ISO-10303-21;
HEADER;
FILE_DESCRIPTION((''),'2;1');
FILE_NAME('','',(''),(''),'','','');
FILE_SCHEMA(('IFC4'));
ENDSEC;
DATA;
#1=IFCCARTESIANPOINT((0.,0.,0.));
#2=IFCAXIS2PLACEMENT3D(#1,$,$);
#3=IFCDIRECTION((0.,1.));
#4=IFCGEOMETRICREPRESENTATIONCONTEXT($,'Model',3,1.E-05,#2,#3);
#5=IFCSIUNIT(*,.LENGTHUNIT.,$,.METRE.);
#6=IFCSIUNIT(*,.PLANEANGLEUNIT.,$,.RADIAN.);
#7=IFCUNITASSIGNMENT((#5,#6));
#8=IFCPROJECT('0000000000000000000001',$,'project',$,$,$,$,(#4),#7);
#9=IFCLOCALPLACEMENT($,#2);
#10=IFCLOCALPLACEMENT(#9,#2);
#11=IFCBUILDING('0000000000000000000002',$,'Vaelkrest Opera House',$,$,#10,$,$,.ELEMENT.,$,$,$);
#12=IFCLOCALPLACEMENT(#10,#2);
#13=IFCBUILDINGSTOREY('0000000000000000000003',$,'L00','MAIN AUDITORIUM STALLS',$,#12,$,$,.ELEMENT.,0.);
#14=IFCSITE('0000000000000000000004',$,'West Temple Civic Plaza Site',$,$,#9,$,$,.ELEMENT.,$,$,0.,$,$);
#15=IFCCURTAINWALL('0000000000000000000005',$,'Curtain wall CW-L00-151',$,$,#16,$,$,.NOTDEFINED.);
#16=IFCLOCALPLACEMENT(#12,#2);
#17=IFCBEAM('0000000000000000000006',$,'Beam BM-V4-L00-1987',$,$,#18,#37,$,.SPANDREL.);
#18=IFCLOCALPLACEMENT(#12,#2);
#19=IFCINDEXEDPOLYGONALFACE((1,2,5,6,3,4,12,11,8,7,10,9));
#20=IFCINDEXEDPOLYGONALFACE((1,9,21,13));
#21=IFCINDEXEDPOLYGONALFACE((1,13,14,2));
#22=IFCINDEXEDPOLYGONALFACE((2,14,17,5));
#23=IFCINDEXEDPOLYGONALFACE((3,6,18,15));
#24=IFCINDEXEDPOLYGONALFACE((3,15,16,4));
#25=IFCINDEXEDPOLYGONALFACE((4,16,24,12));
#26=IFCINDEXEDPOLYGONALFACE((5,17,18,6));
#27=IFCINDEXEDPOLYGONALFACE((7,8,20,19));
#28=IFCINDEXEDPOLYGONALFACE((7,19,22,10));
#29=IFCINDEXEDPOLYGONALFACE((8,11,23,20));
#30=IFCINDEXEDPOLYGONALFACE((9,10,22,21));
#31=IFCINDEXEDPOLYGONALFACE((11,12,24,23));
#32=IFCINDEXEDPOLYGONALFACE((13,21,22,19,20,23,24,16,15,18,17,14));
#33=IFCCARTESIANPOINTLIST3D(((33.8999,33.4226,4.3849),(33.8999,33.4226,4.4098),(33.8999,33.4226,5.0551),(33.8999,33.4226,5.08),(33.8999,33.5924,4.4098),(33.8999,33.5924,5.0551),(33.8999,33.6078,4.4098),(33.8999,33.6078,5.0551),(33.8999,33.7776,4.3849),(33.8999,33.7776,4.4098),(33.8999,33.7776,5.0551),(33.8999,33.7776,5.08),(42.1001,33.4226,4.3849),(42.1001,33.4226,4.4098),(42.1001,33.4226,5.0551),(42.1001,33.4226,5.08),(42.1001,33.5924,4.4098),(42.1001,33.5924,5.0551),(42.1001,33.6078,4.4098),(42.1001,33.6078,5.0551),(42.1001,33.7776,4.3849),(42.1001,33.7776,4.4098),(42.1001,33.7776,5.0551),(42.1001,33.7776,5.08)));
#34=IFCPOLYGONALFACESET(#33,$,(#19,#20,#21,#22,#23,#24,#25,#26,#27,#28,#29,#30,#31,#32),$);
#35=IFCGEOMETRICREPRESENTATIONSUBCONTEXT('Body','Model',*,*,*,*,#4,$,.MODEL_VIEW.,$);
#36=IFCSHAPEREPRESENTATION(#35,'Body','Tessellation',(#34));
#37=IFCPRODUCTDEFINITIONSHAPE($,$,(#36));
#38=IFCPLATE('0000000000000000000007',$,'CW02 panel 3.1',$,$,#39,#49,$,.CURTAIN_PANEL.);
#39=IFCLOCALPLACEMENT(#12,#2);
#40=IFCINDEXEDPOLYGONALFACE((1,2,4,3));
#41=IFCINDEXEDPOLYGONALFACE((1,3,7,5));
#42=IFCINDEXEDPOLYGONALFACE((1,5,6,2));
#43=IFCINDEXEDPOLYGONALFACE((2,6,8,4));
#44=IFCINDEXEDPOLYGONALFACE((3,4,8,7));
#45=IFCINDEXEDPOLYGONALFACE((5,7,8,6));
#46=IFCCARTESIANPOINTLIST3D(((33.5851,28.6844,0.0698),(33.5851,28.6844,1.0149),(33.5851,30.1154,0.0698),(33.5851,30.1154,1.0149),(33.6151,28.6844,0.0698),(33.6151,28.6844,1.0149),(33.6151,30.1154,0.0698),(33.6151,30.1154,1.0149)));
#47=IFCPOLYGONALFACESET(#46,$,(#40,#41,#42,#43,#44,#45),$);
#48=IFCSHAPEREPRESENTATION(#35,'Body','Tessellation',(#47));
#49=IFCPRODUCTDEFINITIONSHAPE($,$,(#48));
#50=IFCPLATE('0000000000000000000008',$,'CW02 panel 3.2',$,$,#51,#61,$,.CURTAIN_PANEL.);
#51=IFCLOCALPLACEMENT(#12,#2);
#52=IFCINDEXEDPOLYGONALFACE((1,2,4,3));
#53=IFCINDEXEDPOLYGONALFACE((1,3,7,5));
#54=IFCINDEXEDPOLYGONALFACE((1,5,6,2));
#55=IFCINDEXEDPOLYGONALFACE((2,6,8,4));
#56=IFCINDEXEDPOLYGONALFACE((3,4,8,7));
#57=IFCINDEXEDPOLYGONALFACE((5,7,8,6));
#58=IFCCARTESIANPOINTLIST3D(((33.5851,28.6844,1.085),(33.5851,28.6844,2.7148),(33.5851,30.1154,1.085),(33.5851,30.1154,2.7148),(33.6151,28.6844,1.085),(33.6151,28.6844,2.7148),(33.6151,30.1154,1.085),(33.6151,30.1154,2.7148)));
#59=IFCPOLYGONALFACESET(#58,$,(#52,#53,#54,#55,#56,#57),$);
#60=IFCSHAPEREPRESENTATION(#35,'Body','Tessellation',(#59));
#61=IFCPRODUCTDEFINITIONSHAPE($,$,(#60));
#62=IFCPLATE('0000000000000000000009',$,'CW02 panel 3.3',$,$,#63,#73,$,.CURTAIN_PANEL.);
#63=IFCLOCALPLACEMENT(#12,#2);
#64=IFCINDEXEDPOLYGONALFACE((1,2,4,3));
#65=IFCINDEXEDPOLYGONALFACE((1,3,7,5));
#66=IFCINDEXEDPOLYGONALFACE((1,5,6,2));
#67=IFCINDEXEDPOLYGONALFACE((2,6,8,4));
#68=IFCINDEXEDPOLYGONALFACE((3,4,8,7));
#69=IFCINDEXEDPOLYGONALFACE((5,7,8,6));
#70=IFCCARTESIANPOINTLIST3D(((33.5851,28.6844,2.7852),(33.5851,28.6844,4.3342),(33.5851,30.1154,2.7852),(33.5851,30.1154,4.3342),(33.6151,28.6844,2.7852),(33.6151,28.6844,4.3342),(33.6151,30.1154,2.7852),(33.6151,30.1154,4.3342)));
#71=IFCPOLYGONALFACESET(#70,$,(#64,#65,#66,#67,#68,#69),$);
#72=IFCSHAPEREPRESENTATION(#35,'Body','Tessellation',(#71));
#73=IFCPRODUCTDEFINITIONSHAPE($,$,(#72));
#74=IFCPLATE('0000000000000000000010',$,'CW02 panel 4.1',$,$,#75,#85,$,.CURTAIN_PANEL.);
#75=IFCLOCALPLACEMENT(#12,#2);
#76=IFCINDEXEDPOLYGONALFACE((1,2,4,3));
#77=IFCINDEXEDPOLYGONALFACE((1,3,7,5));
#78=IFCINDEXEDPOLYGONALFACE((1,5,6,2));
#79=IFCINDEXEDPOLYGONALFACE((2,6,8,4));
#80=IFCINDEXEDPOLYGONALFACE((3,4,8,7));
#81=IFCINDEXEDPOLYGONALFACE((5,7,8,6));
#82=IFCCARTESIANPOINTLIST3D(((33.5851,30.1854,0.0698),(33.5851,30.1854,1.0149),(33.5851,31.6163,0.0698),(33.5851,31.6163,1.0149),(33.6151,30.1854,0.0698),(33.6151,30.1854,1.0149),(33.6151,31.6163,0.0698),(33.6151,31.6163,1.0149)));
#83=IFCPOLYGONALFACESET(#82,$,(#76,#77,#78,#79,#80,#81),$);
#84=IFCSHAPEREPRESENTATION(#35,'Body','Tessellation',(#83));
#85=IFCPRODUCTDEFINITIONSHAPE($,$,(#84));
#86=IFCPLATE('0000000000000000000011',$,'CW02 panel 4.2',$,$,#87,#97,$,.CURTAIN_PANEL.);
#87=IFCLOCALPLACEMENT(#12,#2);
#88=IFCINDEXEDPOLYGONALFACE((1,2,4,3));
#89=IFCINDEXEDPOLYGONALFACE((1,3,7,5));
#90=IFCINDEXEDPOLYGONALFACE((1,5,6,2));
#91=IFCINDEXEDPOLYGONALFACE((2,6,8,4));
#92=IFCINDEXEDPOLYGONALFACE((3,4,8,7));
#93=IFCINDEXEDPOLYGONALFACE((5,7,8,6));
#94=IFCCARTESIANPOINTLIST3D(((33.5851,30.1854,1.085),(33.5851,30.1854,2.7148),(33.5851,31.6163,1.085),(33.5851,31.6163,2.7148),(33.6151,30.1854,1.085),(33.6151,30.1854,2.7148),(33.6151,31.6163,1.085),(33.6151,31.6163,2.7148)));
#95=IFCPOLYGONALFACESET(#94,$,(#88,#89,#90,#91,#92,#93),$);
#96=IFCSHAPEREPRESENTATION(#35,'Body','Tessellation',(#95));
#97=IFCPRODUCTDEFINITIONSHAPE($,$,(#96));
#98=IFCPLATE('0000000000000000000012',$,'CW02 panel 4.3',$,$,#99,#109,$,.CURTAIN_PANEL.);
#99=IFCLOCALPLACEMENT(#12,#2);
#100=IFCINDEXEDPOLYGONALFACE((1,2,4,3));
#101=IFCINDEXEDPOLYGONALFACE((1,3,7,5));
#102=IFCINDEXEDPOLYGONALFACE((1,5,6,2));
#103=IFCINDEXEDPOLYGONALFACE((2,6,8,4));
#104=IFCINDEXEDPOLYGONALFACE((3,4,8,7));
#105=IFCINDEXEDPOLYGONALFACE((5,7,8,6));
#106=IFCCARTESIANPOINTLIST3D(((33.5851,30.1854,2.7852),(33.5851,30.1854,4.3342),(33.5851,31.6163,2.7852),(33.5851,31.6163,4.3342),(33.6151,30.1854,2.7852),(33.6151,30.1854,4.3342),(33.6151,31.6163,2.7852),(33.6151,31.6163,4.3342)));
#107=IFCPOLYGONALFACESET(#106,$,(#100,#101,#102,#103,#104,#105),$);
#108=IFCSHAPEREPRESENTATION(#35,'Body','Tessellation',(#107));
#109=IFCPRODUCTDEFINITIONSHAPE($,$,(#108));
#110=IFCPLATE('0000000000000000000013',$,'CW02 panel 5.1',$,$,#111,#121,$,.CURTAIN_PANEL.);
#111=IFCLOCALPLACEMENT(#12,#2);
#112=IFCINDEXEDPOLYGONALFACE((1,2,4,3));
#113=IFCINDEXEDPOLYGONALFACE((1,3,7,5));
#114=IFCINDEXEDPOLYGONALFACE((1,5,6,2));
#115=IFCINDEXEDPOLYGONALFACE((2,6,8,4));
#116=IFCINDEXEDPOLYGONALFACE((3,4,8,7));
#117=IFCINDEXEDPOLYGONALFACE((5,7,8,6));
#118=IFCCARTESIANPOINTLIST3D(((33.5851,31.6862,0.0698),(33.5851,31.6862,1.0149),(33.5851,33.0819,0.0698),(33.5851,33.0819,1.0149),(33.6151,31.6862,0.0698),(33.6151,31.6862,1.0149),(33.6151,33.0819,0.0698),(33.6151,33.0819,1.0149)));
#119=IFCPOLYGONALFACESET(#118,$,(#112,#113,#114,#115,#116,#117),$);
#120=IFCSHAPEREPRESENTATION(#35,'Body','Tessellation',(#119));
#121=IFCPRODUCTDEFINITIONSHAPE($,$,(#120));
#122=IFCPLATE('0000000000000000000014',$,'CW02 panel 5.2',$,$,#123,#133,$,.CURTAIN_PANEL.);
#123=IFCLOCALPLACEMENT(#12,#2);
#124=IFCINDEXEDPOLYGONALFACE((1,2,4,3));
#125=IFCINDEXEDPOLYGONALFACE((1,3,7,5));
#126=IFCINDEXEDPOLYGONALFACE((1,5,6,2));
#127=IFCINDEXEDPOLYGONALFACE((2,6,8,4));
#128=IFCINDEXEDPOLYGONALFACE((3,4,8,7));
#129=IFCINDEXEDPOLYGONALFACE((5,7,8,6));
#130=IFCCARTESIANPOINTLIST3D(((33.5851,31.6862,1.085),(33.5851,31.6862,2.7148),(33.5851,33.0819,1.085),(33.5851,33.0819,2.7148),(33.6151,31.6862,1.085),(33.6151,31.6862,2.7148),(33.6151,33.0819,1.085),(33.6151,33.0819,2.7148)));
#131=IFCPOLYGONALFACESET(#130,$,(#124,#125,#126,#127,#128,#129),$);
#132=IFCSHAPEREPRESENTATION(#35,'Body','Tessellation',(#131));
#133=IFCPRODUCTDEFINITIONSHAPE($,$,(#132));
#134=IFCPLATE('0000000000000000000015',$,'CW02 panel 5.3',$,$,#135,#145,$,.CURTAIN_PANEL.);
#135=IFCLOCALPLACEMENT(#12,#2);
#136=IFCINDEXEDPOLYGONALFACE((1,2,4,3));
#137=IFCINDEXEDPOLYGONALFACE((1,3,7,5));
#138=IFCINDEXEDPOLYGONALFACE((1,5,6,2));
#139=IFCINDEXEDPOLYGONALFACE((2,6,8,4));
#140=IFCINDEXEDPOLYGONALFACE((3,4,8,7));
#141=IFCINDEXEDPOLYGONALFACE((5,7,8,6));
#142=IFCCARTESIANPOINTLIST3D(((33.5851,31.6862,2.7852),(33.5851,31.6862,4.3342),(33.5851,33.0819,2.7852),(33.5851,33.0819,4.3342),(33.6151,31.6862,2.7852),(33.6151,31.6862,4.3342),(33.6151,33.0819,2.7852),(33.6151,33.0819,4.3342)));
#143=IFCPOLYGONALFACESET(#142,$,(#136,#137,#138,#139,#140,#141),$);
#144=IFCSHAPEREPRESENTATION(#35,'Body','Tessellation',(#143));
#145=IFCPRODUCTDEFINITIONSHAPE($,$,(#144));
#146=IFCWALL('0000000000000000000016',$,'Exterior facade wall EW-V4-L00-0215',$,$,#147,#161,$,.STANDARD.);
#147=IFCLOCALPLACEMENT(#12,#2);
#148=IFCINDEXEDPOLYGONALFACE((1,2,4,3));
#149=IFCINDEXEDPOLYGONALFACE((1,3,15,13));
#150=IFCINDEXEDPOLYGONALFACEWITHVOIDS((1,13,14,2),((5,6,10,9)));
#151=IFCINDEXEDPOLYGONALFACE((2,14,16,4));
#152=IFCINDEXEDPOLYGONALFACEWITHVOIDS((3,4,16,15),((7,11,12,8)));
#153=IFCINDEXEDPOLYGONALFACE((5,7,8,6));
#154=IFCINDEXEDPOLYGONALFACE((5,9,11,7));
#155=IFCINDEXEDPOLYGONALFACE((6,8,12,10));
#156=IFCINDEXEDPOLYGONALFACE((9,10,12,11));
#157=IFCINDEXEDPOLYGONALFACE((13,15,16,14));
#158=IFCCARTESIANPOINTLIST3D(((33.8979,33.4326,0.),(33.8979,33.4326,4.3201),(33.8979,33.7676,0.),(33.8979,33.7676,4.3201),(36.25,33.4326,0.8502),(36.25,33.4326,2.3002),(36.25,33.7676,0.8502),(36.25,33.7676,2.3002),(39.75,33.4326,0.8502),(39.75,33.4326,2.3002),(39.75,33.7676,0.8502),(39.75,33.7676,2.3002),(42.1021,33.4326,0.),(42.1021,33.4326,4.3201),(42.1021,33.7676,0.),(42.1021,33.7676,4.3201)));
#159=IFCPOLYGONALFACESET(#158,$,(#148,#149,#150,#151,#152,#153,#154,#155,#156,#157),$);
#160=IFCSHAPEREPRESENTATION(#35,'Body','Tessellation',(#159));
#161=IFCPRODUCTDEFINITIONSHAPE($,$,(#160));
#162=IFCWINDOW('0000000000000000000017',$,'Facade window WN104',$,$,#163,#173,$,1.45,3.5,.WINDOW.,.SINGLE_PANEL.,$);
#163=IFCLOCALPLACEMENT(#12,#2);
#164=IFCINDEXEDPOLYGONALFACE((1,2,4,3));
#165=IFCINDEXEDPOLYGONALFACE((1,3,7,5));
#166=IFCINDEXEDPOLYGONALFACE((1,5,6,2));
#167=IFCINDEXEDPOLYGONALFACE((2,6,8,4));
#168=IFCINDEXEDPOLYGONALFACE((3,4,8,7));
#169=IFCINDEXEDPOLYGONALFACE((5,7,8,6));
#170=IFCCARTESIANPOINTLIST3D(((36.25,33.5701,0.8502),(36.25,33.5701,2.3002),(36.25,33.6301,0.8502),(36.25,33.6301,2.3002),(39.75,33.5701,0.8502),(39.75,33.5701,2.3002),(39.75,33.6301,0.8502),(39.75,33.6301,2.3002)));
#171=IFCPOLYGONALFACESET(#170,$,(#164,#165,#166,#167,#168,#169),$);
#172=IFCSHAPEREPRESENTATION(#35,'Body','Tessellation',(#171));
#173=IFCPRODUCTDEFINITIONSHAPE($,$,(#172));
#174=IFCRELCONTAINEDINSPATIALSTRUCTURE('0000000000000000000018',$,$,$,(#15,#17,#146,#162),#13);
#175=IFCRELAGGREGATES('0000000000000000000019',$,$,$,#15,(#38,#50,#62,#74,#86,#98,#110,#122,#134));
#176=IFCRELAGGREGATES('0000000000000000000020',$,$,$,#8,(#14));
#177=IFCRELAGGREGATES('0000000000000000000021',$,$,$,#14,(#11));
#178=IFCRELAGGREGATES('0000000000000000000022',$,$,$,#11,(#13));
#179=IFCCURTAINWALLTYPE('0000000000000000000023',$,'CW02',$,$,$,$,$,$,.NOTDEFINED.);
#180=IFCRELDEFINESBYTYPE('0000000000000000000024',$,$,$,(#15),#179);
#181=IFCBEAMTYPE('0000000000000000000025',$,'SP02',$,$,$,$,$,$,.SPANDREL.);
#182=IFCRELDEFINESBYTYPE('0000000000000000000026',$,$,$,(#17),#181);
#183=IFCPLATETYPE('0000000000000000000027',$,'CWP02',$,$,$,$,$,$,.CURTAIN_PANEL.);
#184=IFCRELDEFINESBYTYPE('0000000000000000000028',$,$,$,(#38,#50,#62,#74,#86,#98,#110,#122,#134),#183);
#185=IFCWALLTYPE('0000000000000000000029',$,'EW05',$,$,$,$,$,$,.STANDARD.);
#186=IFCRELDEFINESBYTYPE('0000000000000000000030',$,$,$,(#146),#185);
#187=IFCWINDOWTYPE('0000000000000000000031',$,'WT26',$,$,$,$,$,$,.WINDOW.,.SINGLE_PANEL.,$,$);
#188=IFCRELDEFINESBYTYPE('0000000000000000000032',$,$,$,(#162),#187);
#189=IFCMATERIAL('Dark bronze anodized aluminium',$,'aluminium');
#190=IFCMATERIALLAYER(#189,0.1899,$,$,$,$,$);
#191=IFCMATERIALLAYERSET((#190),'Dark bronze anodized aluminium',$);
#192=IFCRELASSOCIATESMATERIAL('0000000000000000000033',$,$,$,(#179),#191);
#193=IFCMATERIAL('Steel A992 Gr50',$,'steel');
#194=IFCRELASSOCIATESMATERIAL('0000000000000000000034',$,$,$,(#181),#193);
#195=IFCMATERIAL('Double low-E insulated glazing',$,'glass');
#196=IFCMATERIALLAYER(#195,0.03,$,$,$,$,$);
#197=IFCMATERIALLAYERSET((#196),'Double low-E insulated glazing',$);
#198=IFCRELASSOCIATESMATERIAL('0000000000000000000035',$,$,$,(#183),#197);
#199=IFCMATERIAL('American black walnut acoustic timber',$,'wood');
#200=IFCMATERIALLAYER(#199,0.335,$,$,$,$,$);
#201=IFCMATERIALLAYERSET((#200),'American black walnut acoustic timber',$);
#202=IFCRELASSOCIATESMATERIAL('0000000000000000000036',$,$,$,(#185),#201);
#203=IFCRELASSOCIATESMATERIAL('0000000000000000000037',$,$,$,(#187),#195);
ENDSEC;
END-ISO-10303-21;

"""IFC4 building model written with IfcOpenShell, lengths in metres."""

from ifc_helpers import new_model, si_unit, direction, frame, frame_2d, origin, origin_2d, place, context, subcontext, project, spatial, rectangle, i_section, extrude, material, layer, layer_set, material_profile, profile_set, type_object, element, fill, aggregate, save


model = new_model("IFC4")

# Units and contexts
model_context = context("Model", 3, precision=1e-05, world=origin(), true_north=direction((0.0, 1.0)))
body_context = subcontext(model_context, "Body", "Model", "MODEL_VIEW")
ifc_project = project(units=[si_unit("LENGTHUNIT", "METRE"), si_unit("PLANEANGLEUNIT", "RADIAN")], contexts=[model_context])

# Site, building, storey
site_placement = place(None, origin())
site = spatial("IfcSite", under=ifc_project, at=site_placement, Name="West Temple Civic Plaza Site", CompositionType="ELEMENT", RefElevation=0.0)
building_placement = place(site_placement, origin())
building = spatial("IfcBuilding", under=site, at=building_placement, Name="Vaelkrest Opera House", CompositionType="ELEMENT")
storey_placement = place(building_placement, origin())
storey = spatial("IfcBuildingStorey", under=building, at=storey_placement, Name="L00", Description="MAIN AUDITORIUM STALLS", CompositionType="ELEMENT", Elevation=0.0)

# Curtain wall
ifc_material_1 = material(Name="Dark bronze anodized aluminium", Category="aluminium")
ifc_layer_1 = layer(ifc_material_1, 0.1899)
ifc_layer_set_1 = layer_set([ifc_layer_1], Name="Dark bronze anodized aluminium")
curtain_wall_type = type_object("IfcCurtainWallType", Name="CW02", PredefinedType="NOTDEFINED", material=ifc_layer_set_1)
curtain_wall_placement = place(storey_placement, origin())
curtain_wall = element("IfcCurtainWall", 1, at=curtain_wall_placement, inside=storey, type_object=curtain_wall_type, Name="Curtain wall CW-L00-151", PredefinedType="NOTDEFINED")

# Beam
ifc_material_2 = material(Name="Steel A992 Gr50", Category="steel")
ifc_material_profile_1 = material_profile(ifc_material_2, i_section(OverallWidth=0.355, OverallDepth=0.6951, WebThickness=0.0154, FlangeThickness=0.0249, at=origin_2d()), Name="W27X146")
ifc_profile_set_1 = profile_set([ifc_material_profile_1], Name="Steel A992 Gr50")
beam_type_1 = type_object("IfcBeamType", Name="SP02", PredefinedType="SPANDREL", material=ifc_profile_set_1)
beam_1_placement = place(storey_placement, frame((33.8999, 33.6001, 4.7324), z_axis=(1.0, 0.0, 0.0), x_axis=(0.0, 1.0, 0.0)))
element("IfcBeam", 2, at=beam_1_placement, inside=storey, type_object=beam_type_1, Name="Beam BM-V4-L00-1987", PredefinedType="SPANDREL", context=body_context, shape_type="SweptSolid", body=[
    extrude(i_section(OverallWidth=0.355, OverallDepth=0.6951, WebThickness=0.0154, FlangeThickness=0.0249, at=origin_2d()), origin(), (0.0, 0.0, 1.0), 8.2002),
])

# Plates
ifc_material_3 = material(Name="Double low-E insulated glazing", Category="glass")
ifc_layer_2 = layer(ifc_material_3, 0.03)
ifc_layer_set_2 = layer_set([ifc_layer_2], Name="Double low-E insulated glazing")
plate_type = type_object("IfcPlateType", Name="CWP02", PredefinedType="CURTAIN_PANEL", material=ifc_layer_set_2)
plate_1_placement = place(storey_placement, frame((33.6001, 29.3999, 0.0698), z_axis=(0.0, 0.0, 1.0), x_axis=(0.0, 1.0, 0.0)))
plate_1 = element("IfcPlate", 3, at=plate_1_placement, type_object=plate_type, Name="CW02 panel 3.1", PredefinedType="CURTAIN_PANEL", context=body_context, shape_type="SweptSolid", body=[
    extrude(rectangle(XDim=1.4309, YDim=0.03, at=origin_2d()), origin(), (0.0, 0.0, 1.0), 0.9451),
])
plate_2_placement = place(storey_placement, frame((33.6001, 29.3999, 1.085), z_axis=(0.0, 0.0, 1.0), x_axis=(0.0, 1.0, 0.0)))
plate_2 = element("IfcPlate", 4, at=plate_2_placement, type_object=plate_type, Name="CW02 panel 3.2", PredefinedType="CURTAIN_PANEL", context=body_context, shape_type="SweptSolid", body=[
    extrude(rectangle(XDim=1.4309, YDim=0.03, at=origin_2d()), origin(), (0.0, 0.0, 1.0), 1.6299),
])
plate_3_placement = place(storey_placement, frame((33.6001, 29.3999, 2.7852), z_axis=(0.0, 0.0, 1.0), x_axis=(0.0, 1.0, 0.0)))
plate_3 = element("IfcPlate", 5, at=plate_3_placement, type_object=plate_type, Name="CW02 panel 3.3", PredefinedType="CURTAIN_PANEL", context=body_context, shape_type="SweptSolid", body=[
    extrude(rectangle(XDim=1.4309, YDim=0.03, at=origin_2d()), origin(), (0.0, 0.0, 1.0), 1.5491),
])
plate_4_placement = place(storey_placement, frame((33.6001, 30.9009, 0.0698), z_axis=(0.0, 0.0, 1.0), x_axis=(0.0, 1.0, 0.0)))
plate_4 = element("IfcPlate", 6, at=plate_4_placement, type_object=plate_type, Name="CW02 panel 4.1", PredefinedType="CURTAIN_PANEL", context=body_context, shape_type="SweptSolid", body=[
    extrude(rectangle(XDim=1.4309, YDim=0.03, at=origin_2d()), origin(), (0.0, 0.0, 1.0), 0.9451),
])
plate_5_placement = place(storey_placement, frame((33.6001, 30.9009, 1.085), z_axis=(0.0, 0.0, 1.0), x_axis=(0.0, 1.0, 0.0)))
plate_5 = element("IfcPlate", 7, at=plate_5_placement, type_object=plate_type, Name="CW02 panel 4.2", PredefinedType="CURTAIN_PANEL", context=body_context, shape_type="SweptSolid", body=[
    extrude(rectangle(XDim=1.4309, YDim=0.03, at=origin_2d()), origin(), (0.0, 0.0, 1.0), 1.6299),
])
plate_6_placement = place(storey_placement, frame((33.6001, 30.9009, 2.7852), z_axis=(0.0, 0.0, 1.0), x_axis=(0.0, 1.0, 0.0)))
plate_6 = element("IfcPlate", 8, at=plate_6_placement, type_object=plate_type, Name="CW02 panel 4.3", PredefinedType="CURTAIN_PANEL", context=body_context, shape_type="SweptSolid", body=[
    extrude(rectangle(XDim=1.4309, YDim=0.03, at=origin_2d()), origin(), (0.0, 0.0, 1.0), 1.5491),
])
plate_7_placement = place(storey_placement, frame((33.6001, 32.384, 0.0698), z_axis=(0.0, 0.0, 1.0), x_axis=(0.0, 1.0, 0.0)))
plate_7 = element("IfcPlate", 9, at=plate_7_placement, type_object=plate_type, Name="CW02 panel 5.1", PredefinedType="CURTAIN_PANEL", context=body_context, shape_type="SweptSolid", body=[
    extrude(rectangle(XDim=1.3958, YDim=0.03, at=origin_2d()), origin(), (0.0, 0.0, 1.0), 0.9451),
])
plate_8_placement = place(storey_placement, frame((33.6001, 32.384, 1.085), z_axis=(0.0, 0.0, 1.0), x_axis=(0.0, 1.0, 0.0)))
plate_8 = element("IfcPlate", 10, at=plate_8_placement, type_object=plate_type, Name="CW02 panel 5.2", PredefinedType="CURTAIN_PANEL", context=body_context, shape_type="SweptSolid", body=[
    extrude(rectangle(XDim=1.3958, YDim=0.03, at=origin_2d()), origin(), (0.0, 0.0, 1.0), 1.6299),
])
plate_9_placement = place(storey_placement, frame((33.6001, 32.384, 2.7852), z_axis=(0.0, 0.0, 1.0), x_axis=(0.0, 1.0, 0.0)))
plate_9 = element("IfcPlate", 11, at=plate_9_placement, type_object=plate_type, Name="CW02 panel 5.3", PredefinedType="CURTAIN_PANEL", context=body_context, shape_type="SweptSolid", body=[
    extrude(rectangle(XDim=1.3958, YDim=0.03, at=origin_2d()), origin(), (0.0, 0.0, 1.0), 1.5491),
])
aggregate(curtain_wall, [plate_1, plate_2, plate_3, plate_4, plate_5, plate_6, plate_7, plate_8, plate_9])

# Wall, opening, window
ifc_material_4 = material(Name="American black walnut acoustic timber", Category="wood")
ifc_layer_3 = layer(ifc_material_4, 0.335)
ifc_layer_set_3 = layer_set([ifc_layer_3], Name="American black walnut acoustic timber")
wall_type = type_object("IfcWallType", Name="EW05", PredefinedType="STANDARD", material=ifc_layer_set_3)
wall_placement = place(storey_placement, frame((33.8979, 33.6001, 0.0), z_axis=(0.0, 0.0, 1.0), x_axis=(1.0, 0.0, 0.0)))
wall = element("IfcWall", 12, at=wall_placement, inside=storey, type_object=wall_type, Name="Exterior facade wall EW-V4-L00-0215", PredefinedType="STANDARD", context=body_context, shape_type="SweptSolid", body=[
    extrude(rectangle(XDim=8.2041, YDim=0.335, at=frame_2d((4.1021, 0.0))), origin(), (0.0, 0.0, 1.0), 4.3201),
])
opening_placement = place(wall_placement, frame((2.3521, 0.0, 0.8501)))
opening = element("IfcOpeningElement", 13, at=opening_placement, cuts=wall, PredefinedType="OPENING", context=body_context, shape_type="SweptSolid", body=[
    extrude(rectangle(XDim=3.5, YDim=1.45, at=frame_2d((1.75, 0.7251))), frame((0.0, 0.1775, 0.0), z_axis=(0.0, -1.0, 0.0), x_axis=(1.0, 0.0, 0.0)), (0.0, 0.0, 1.0), 0.355),
])
window_type = type_object("IfcWindowType", Name="WT26", PartitioningType="SINGLE_PANEL", PredefinedType="WINDOW", material=ifc_material_3)
window_placement = place(opening_placement, origin())
window = element("IfcWindow", 14, at=window_placement, inside=storey, type_object=window_type, Name="Facade window WN104", OverallHeight=1.45, OverallWidth=3.5, PartitioningType="SINGLE_PANEL", PredefinedType="WINDOW", context=body_context, shape_type="SweptSolid", body=[
    extrude(rectangle(XDim=3.5, YDim=1.45, at=frame_2d((1.75, 0.7251))), frame((0.0, 0.03, 0.0), z_axis=(0.0, -1.0, 0.0), x_axis=(1.0, 0.0, 0.0)), (0.0, 0.0, 1.0), 0.0601),
])
fill(opening, window)

save(model, "model.ifc")
